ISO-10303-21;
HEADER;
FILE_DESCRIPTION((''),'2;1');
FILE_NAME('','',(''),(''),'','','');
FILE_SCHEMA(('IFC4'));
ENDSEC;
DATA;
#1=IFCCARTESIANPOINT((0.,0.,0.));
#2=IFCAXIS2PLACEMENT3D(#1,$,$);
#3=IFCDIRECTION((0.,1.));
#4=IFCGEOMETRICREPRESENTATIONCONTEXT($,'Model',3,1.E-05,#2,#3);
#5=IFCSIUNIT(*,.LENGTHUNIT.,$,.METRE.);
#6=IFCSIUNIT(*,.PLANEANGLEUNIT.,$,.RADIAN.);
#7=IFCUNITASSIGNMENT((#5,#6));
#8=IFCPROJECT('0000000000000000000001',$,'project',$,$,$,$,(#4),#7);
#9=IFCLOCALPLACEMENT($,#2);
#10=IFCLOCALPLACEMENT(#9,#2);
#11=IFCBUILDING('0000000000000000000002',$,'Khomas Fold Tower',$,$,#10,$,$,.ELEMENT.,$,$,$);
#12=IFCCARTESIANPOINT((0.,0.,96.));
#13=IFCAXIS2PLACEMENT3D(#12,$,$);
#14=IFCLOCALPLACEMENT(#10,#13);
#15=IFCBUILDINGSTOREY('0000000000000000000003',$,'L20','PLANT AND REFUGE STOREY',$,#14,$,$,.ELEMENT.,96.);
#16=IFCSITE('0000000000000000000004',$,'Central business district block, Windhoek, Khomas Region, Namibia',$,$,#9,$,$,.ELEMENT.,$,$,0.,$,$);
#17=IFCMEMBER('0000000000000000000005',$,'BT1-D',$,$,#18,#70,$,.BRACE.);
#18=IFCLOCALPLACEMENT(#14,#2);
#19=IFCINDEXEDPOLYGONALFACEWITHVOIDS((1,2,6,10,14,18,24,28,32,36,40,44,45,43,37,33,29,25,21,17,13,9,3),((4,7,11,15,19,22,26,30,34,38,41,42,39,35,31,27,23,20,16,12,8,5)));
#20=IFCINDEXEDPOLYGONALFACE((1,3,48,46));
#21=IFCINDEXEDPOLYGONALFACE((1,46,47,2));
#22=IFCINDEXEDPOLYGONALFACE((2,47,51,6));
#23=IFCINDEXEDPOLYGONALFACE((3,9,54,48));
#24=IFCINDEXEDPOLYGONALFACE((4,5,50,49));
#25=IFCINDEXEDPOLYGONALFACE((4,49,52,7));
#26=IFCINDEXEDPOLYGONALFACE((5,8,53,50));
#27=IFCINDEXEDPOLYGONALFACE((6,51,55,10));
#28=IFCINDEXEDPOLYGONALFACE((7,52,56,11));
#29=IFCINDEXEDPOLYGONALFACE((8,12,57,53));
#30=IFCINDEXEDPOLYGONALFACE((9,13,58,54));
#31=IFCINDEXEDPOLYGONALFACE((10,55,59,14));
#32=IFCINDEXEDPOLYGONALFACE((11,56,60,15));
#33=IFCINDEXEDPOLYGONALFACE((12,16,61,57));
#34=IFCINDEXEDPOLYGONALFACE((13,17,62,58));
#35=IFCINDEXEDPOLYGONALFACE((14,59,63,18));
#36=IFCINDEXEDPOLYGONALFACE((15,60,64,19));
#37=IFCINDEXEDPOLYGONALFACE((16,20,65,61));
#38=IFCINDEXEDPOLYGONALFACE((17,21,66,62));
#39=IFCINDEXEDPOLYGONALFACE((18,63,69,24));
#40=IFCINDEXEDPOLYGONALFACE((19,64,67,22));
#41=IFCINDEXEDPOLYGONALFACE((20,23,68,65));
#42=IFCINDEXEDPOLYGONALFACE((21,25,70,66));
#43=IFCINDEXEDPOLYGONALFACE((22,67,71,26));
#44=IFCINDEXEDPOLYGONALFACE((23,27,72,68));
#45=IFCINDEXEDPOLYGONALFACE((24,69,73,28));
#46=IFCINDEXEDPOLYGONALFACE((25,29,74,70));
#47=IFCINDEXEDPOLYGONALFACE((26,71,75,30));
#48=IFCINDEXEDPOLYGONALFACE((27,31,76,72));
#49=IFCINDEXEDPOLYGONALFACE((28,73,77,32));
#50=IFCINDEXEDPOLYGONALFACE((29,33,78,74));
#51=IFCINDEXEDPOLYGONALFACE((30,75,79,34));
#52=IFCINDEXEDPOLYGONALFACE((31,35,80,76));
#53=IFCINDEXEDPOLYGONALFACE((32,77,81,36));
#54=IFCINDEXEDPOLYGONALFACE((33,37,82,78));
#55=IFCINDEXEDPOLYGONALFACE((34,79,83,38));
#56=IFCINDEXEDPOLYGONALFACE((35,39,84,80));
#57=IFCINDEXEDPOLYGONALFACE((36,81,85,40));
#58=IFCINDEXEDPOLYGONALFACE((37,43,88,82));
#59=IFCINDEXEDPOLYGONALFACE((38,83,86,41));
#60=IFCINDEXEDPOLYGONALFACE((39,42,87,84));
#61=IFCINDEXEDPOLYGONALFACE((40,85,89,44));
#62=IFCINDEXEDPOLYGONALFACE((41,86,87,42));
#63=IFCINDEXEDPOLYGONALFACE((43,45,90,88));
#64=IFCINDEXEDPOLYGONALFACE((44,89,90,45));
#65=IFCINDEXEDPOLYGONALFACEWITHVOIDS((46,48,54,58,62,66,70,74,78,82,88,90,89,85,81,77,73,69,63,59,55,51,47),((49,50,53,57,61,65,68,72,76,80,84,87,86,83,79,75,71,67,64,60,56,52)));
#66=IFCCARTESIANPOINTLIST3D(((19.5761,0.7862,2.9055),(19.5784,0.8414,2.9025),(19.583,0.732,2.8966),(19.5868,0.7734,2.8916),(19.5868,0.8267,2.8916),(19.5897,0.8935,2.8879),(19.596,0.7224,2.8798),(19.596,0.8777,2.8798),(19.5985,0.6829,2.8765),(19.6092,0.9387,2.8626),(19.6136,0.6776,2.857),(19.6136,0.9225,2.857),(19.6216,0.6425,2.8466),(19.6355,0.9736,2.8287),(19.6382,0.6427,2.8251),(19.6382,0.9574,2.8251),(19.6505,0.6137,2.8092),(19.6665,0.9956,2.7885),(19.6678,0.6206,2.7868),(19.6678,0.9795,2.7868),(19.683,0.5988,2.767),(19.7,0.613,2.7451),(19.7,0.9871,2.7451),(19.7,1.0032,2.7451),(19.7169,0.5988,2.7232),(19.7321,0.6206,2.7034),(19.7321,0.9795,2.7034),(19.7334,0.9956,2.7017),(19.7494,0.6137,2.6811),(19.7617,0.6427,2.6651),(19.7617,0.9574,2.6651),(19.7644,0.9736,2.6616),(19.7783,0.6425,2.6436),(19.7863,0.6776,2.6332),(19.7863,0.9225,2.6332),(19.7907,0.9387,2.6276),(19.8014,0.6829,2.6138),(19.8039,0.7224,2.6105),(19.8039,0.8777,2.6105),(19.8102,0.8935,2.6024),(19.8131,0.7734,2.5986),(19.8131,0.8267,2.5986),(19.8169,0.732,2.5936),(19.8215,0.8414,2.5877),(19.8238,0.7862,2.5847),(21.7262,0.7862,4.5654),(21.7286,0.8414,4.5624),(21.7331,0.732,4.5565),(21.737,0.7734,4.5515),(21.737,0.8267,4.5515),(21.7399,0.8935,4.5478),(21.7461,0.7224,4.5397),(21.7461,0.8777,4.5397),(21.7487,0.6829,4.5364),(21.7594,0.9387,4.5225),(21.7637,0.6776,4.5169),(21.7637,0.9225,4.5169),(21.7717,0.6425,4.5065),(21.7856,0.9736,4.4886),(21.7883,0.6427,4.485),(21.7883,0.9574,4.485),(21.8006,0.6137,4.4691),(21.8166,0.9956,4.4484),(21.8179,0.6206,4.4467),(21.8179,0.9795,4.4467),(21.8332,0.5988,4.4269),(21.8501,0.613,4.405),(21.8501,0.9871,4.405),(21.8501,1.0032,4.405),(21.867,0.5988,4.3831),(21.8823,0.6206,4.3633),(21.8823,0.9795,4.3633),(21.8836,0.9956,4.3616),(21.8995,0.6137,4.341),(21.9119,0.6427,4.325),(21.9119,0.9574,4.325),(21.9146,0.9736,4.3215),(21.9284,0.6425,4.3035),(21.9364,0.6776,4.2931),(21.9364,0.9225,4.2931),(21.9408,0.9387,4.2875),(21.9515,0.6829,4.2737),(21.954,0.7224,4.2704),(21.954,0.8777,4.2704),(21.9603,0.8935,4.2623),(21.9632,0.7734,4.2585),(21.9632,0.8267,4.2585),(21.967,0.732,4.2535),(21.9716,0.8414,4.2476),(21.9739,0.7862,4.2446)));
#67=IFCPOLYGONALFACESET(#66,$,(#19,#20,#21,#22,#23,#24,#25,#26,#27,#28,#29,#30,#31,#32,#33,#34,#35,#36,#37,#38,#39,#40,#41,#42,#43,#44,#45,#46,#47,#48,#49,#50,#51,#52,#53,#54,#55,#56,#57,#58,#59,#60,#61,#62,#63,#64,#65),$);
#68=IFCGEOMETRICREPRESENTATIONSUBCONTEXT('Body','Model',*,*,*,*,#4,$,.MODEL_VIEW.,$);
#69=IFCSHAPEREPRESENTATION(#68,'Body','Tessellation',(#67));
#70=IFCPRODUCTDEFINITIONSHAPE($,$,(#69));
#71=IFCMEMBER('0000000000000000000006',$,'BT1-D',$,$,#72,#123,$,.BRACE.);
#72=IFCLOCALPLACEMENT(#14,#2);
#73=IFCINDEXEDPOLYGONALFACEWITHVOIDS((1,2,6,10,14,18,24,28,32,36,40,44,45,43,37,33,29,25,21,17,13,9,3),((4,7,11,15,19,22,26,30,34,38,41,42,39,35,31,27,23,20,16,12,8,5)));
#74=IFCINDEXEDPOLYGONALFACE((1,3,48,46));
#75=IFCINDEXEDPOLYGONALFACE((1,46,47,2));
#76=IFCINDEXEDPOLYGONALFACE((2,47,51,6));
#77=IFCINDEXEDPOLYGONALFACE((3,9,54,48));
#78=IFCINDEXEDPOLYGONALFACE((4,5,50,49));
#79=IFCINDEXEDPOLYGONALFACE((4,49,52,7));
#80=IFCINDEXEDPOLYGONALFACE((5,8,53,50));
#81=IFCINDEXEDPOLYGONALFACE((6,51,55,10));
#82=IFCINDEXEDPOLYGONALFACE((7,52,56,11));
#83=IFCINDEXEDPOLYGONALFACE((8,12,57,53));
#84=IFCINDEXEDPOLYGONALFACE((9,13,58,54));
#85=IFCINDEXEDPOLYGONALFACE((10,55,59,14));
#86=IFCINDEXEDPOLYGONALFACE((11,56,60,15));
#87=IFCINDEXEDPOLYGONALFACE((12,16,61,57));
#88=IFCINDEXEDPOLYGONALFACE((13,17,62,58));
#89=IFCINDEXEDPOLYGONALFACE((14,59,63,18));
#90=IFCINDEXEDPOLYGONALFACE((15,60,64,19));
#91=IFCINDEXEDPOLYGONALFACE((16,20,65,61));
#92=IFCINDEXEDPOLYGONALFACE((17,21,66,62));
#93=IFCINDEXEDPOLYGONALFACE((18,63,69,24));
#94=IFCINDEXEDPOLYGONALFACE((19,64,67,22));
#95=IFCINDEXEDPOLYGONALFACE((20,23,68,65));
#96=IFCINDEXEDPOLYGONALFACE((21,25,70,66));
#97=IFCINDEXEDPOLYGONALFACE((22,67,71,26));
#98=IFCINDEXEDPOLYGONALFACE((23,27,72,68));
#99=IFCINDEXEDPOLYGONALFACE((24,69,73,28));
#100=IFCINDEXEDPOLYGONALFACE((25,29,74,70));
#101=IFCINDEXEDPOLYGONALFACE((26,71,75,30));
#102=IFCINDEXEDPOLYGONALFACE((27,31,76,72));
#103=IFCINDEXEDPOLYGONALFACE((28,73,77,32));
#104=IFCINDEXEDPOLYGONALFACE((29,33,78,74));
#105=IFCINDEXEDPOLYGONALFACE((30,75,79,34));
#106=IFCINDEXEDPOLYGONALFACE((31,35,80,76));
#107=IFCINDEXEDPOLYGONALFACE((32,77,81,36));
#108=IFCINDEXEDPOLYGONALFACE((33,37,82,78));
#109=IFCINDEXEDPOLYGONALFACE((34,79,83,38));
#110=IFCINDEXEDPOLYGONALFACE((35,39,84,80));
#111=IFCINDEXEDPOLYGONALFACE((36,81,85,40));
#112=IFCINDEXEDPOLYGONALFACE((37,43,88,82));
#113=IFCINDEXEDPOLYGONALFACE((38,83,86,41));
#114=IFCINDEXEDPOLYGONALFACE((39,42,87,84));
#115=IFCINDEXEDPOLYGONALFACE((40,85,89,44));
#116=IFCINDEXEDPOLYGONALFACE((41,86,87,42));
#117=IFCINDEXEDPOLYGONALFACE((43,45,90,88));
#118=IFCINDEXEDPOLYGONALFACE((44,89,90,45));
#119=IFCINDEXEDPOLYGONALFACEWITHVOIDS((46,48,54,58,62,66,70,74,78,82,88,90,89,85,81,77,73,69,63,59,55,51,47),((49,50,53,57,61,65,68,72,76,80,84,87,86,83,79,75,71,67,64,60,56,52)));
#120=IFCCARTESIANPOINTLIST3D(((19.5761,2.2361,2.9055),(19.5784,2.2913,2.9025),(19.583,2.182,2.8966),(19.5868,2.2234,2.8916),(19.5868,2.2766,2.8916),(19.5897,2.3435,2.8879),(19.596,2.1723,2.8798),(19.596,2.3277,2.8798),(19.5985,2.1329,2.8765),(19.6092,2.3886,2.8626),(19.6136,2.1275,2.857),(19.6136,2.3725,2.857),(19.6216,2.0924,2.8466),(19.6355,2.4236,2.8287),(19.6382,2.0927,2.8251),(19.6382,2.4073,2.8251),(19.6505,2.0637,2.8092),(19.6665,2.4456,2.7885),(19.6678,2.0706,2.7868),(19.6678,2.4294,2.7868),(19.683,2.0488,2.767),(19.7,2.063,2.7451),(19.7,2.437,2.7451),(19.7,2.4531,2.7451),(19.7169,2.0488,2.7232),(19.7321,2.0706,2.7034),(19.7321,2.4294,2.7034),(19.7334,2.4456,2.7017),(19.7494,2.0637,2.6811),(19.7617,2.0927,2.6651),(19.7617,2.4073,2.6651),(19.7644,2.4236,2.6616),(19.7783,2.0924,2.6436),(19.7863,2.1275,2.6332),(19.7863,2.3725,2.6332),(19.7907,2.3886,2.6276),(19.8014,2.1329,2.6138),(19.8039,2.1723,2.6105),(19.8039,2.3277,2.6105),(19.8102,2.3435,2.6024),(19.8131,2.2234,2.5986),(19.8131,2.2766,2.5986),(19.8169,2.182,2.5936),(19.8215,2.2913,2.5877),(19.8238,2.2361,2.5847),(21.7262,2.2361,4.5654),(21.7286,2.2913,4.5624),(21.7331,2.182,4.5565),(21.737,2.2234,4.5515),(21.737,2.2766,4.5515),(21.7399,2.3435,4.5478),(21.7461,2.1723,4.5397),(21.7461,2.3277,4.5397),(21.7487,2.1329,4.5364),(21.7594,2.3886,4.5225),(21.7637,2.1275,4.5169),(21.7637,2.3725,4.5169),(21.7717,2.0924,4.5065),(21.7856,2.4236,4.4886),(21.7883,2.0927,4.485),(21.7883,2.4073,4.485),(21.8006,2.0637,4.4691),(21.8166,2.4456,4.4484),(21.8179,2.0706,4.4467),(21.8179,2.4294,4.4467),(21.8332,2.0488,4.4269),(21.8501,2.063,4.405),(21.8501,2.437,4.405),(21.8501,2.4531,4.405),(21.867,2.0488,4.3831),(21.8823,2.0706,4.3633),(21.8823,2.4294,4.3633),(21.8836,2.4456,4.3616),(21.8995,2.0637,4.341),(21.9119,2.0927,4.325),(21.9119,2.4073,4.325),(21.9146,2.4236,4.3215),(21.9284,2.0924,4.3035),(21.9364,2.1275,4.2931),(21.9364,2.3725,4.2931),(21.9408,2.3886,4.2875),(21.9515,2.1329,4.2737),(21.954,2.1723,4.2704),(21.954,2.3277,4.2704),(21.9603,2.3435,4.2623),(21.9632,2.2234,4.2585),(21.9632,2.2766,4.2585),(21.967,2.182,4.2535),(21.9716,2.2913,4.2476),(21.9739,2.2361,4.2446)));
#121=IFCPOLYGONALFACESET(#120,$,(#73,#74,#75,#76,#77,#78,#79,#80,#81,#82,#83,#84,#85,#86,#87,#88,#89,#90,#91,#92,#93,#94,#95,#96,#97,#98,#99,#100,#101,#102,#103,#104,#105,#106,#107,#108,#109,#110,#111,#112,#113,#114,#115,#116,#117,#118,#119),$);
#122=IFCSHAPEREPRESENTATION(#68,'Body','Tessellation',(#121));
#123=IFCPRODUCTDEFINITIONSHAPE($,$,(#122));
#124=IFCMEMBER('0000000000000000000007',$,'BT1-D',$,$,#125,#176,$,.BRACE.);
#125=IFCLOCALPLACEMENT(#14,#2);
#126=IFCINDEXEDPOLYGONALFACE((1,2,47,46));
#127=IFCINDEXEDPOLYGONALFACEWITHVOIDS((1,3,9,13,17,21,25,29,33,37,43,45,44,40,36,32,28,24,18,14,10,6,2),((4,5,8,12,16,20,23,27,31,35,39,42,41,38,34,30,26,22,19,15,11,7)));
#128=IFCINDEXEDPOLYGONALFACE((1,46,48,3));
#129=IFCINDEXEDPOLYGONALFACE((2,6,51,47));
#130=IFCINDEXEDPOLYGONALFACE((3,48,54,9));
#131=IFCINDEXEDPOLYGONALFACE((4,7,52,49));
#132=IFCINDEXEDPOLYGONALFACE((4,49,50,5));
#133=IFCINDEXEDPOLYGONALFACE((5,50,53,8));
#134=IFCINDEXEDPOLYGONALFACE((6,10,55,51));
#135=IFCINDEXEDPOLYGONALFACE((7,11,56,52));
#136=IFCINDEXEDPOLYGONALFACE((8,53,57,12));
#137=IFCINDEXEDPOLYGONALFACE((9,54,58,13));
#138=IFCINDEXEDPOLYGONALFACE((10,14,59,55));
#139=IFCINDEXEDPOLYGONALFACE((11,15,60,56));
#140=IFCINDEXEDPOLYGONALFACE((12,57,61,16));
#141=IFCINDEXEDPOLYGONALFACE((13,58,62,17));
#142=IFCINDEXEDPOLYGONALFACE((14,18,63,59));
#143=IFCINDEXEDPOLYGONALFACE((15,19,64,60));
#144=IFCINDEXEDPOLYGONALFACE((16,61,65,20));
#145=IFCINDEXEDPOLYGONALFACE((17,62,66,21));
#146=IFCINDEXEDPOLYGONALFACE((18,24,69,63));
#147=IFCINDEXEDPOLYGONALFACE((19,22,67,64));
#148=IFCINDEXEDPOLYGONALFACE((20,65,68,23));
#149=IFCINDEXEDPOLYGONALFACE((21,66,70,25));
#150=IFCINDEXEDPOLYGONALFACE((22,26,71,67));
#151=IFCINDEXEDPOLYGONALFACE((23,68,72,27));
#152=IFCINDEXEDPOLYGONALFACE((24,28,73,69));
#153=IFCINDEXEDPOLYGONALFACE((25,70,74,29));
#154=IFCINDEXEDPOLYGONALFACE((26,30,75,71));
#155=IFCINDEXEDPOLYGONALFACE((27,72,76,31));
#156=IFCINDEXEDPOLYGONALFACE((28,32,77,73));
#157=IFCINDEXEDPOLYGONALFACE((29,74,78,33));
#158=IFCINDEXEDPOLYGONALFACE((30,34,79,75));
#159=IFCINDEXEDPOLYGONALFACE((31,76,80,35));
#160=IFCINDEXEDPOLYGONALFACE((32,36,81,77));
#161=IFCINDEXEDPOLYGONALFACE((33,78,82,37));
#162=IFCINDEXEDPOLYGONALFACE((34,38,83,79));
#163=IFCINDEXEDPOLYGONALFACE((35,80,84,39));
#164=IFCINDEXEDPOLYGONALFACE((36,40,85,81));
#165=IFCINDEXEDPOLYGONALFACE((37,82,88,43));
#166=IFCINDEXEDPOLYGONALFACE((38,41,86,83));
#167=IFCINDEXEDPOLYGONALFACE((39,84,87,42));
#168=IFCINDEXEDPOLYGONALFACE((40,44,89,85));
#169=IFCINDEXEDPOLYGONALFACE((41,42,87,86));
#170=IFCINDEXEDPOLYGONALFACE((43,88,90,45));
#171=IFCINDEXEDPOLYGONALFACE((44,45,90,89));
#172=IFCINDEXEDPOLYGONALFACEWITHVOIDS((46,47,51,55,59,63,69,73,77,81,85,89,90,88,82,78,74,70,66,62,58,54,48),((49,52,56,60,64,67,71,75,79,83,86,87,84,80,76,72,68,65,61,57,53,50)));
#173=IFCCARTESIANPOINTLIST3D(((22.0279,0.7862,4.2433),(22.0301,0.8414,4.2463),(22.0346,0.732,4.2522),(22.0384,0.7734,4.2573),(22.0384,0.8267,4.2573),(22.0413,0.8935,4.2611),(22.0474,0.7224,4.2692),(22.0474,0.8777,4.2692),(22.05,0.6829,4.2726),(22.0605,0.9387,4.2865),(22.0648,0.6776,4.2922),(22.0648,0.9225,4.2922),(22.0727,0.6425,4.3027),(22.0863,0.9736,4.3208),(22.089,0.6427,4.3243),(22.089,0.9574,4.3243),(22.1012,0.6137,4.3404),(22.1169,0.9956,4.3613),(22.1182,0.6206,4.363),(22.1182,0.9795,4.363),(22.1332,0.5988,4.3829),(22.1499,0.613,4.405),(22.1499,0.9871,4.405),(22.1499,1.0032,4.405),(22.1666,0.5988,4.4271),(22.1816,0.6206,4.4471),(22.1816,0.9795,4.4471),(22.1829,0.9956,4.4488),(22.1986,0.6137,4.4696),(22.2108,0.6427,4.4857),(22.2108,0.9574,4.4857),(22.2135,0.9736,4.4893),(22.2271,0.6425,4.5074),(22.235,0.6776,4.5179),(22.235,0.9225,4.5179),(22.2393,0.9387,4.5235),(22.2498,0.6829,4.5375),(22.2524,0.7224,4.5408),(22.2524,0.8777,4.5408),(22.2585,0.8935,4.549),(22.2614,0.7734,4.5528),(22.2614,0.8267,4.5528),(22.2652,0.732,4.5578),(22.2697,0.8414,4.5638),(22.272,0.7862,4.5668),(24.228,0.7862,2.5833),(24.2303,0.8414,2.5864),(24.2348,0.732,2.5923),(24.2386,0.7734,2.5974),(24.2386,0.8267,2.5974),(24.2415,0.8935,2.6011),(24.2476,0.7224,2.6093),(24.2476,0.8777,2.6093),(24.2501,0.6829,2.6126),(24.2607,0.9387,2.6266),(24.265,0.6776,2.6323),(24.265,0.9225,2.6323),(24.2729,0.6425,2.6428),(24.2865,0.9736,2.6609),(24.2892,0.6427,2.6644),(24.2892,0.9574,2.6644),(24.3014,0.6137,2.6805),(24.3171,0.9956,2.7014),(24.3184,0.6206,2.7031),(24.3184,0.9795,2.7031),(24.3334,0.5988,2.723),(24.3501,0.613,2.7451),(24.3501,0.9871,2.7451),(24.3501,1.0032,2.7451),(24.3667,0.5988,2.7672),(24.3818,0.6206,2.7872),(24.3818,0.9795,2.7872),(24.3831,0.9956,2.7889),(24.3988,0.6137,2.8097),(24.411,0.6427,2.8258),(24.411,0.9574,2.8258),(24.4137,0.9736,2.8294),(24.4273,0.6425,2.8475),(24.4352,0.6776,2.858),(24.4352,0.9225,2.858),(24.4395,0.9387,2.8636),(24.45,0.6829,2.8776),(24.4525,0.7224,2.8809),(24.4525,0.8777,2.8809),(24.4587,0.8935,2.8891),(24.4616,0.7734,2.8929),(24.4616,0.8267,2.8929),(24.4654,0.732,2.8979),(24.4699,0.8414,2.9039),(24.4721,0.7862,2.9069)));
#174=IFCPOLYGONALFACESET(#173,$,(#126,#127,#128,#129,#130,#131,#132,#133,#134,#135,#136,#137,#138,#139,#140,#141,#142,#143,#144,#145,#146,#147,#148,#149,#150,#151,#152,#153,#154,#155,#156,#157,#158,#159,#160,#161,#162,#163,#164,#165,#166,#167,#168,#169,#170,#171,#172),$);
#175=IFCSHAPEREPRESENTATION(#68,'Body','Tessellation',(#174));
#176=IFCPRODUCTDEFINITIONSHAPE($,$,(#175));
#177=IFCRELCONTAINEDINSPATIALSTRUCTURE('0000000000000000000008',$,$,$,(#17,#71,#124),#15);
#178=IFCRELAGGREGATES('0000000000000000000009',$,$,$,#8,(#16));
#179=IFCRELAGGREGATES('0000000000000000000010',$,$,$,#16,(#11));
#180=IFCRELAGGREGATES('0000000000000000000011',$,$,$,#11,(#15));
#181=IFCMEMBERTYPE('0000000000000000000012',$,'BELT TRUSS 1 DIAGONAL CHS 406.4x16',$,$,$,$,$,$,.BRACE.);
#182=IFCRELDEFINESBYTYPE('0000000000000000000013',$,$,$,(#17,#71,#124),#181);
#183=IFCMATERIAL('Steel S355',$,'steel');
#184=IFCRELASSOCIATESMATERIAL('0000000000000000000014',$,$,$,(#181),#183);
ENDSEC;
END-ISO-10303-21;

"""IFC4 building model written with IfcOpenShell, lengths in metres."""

from ifc_helpers import new_model, si_unit, direction, frame, origin, origin_2d, place, context, subcontext, project, spatial, hollow_circle, extrude, source, transform, mapped, material, material_profile, profile_set, type_object, element, save


model = new_model("IFC4")

# Units and contexts
model_context = context("Model", 3, precision=1e-05, world=origin(), true_north=direction((0.0, 1.0)))
body_context = subcontext(model_context, "Body", "Model", "MODEL_VIEW")
ifc_project = project(units=[si_unit("LENGTHUNIT", "METRE"), si_unit("PLANEANGLEUNIT", "RADIAN")], contexts=[model_context])

# Site, building, storey
site_placement = place(None, origin())
site = spatial("IfcSite", under=ifc_project, at=site_placement, Name="Central business district block, Windhoek, Khomas Region, Namibia", CompositionType="ELEMENT", RefElevation=0.0)
building_placement = place(site_placement, origin())
building = spatial("IfcBuilding", under=site, at=building_placement, Name="Khomas Fold Tower", CompositionType="ELEMENT")
storey_placement = place(building_placement, frame((0.0, 0.0, 96.0)))
storey = spatial("IfcBuildingStorey", under=building, at=storey_placement, Name="L20", Description="PLANT AND REFUGE STOREY", CompositionType="ELEMENT", Elevation=96.0)

# Members
ifc_material_1 = material(Name="Steel S355", Category="steel")
ifc_material_profile_1 = material_profile(ifc_material_1, hollow_circle(Radius=0.2031, WallThickness=0.0161, at=origin_2d()), Name="CHS 406.4x16")
ifc_profile_set_1 = profile_set([ifc_material_profile_1], Name="Steel S355")
member_type_1 = type_object("IfcMemberType", Name="BELT TRUSS 1 DIAGONAL CHS 406.4x16", PredefinedType="BRACE", material=ifc_profile_set_1)
shared_shape_1 = source(origin(), body_context, "Body", "SweptSolid", [
    extrude(hollow_circle(Radius=0.2031, WallThickness=0.0161, at=origin_2d()), origin(), (0.0, 0.0, 1.0), 2.7163),
])
for number, where, z_axis, x_axis, name in (
    (1, (19.7, 0.8, 2.7451), (0.791564, 0.0, 0.611087), (0.0, 1.0, 0.0), "BT1-D"),
    (2, (19.7, 2.25, 2.7451), (0.791564, 0.0, 0.611087), (0.0, 1.0, 0.0), "BT1-D"),
):
    element("IfcMember", number, at=place(storey_placement, frame(where, z_axis=z_axis, x_axis=x_axis)), inside=storey, type_object=member_type_1, Name=name, PredefinedType="BRACE", context=body_context, shape_type="MappedRepresentation", body=[
        mapped(shared_shape_1, transform((0.0, 0.0, 0.0))),
    ])
shared_shape_2 = source(origin(), body_context, "Body", "SweptSolid", [
    extrude(hollow_circle(Radius=0.2031, WallThickness=0.0161, at=origin_2d()), origin(), (0.0, 0.0, 1.0), 2.7561),
])
for number, where, z_axis, x_axis, name in (
    (3, (22.1499, 0.8, 4.405), (0.798296, 0.0, -0.602265), (0.0, 1.0, 0.0), "BT1-D"),
):
    element("IfcMember", number, at=place(storey_placement, frame(where, z_axis=z_axis, x_axis=x_axis)), inside=storey, type_object=member_type_1, Name=name, PredefinedType="BRACE", context=body_context, shape_type="MappedRepresentation", body=[
        mapped(shared_shape_2, transform((0.0, 0.0, 0.0))),
    ])

save(model, "model.ifc")
